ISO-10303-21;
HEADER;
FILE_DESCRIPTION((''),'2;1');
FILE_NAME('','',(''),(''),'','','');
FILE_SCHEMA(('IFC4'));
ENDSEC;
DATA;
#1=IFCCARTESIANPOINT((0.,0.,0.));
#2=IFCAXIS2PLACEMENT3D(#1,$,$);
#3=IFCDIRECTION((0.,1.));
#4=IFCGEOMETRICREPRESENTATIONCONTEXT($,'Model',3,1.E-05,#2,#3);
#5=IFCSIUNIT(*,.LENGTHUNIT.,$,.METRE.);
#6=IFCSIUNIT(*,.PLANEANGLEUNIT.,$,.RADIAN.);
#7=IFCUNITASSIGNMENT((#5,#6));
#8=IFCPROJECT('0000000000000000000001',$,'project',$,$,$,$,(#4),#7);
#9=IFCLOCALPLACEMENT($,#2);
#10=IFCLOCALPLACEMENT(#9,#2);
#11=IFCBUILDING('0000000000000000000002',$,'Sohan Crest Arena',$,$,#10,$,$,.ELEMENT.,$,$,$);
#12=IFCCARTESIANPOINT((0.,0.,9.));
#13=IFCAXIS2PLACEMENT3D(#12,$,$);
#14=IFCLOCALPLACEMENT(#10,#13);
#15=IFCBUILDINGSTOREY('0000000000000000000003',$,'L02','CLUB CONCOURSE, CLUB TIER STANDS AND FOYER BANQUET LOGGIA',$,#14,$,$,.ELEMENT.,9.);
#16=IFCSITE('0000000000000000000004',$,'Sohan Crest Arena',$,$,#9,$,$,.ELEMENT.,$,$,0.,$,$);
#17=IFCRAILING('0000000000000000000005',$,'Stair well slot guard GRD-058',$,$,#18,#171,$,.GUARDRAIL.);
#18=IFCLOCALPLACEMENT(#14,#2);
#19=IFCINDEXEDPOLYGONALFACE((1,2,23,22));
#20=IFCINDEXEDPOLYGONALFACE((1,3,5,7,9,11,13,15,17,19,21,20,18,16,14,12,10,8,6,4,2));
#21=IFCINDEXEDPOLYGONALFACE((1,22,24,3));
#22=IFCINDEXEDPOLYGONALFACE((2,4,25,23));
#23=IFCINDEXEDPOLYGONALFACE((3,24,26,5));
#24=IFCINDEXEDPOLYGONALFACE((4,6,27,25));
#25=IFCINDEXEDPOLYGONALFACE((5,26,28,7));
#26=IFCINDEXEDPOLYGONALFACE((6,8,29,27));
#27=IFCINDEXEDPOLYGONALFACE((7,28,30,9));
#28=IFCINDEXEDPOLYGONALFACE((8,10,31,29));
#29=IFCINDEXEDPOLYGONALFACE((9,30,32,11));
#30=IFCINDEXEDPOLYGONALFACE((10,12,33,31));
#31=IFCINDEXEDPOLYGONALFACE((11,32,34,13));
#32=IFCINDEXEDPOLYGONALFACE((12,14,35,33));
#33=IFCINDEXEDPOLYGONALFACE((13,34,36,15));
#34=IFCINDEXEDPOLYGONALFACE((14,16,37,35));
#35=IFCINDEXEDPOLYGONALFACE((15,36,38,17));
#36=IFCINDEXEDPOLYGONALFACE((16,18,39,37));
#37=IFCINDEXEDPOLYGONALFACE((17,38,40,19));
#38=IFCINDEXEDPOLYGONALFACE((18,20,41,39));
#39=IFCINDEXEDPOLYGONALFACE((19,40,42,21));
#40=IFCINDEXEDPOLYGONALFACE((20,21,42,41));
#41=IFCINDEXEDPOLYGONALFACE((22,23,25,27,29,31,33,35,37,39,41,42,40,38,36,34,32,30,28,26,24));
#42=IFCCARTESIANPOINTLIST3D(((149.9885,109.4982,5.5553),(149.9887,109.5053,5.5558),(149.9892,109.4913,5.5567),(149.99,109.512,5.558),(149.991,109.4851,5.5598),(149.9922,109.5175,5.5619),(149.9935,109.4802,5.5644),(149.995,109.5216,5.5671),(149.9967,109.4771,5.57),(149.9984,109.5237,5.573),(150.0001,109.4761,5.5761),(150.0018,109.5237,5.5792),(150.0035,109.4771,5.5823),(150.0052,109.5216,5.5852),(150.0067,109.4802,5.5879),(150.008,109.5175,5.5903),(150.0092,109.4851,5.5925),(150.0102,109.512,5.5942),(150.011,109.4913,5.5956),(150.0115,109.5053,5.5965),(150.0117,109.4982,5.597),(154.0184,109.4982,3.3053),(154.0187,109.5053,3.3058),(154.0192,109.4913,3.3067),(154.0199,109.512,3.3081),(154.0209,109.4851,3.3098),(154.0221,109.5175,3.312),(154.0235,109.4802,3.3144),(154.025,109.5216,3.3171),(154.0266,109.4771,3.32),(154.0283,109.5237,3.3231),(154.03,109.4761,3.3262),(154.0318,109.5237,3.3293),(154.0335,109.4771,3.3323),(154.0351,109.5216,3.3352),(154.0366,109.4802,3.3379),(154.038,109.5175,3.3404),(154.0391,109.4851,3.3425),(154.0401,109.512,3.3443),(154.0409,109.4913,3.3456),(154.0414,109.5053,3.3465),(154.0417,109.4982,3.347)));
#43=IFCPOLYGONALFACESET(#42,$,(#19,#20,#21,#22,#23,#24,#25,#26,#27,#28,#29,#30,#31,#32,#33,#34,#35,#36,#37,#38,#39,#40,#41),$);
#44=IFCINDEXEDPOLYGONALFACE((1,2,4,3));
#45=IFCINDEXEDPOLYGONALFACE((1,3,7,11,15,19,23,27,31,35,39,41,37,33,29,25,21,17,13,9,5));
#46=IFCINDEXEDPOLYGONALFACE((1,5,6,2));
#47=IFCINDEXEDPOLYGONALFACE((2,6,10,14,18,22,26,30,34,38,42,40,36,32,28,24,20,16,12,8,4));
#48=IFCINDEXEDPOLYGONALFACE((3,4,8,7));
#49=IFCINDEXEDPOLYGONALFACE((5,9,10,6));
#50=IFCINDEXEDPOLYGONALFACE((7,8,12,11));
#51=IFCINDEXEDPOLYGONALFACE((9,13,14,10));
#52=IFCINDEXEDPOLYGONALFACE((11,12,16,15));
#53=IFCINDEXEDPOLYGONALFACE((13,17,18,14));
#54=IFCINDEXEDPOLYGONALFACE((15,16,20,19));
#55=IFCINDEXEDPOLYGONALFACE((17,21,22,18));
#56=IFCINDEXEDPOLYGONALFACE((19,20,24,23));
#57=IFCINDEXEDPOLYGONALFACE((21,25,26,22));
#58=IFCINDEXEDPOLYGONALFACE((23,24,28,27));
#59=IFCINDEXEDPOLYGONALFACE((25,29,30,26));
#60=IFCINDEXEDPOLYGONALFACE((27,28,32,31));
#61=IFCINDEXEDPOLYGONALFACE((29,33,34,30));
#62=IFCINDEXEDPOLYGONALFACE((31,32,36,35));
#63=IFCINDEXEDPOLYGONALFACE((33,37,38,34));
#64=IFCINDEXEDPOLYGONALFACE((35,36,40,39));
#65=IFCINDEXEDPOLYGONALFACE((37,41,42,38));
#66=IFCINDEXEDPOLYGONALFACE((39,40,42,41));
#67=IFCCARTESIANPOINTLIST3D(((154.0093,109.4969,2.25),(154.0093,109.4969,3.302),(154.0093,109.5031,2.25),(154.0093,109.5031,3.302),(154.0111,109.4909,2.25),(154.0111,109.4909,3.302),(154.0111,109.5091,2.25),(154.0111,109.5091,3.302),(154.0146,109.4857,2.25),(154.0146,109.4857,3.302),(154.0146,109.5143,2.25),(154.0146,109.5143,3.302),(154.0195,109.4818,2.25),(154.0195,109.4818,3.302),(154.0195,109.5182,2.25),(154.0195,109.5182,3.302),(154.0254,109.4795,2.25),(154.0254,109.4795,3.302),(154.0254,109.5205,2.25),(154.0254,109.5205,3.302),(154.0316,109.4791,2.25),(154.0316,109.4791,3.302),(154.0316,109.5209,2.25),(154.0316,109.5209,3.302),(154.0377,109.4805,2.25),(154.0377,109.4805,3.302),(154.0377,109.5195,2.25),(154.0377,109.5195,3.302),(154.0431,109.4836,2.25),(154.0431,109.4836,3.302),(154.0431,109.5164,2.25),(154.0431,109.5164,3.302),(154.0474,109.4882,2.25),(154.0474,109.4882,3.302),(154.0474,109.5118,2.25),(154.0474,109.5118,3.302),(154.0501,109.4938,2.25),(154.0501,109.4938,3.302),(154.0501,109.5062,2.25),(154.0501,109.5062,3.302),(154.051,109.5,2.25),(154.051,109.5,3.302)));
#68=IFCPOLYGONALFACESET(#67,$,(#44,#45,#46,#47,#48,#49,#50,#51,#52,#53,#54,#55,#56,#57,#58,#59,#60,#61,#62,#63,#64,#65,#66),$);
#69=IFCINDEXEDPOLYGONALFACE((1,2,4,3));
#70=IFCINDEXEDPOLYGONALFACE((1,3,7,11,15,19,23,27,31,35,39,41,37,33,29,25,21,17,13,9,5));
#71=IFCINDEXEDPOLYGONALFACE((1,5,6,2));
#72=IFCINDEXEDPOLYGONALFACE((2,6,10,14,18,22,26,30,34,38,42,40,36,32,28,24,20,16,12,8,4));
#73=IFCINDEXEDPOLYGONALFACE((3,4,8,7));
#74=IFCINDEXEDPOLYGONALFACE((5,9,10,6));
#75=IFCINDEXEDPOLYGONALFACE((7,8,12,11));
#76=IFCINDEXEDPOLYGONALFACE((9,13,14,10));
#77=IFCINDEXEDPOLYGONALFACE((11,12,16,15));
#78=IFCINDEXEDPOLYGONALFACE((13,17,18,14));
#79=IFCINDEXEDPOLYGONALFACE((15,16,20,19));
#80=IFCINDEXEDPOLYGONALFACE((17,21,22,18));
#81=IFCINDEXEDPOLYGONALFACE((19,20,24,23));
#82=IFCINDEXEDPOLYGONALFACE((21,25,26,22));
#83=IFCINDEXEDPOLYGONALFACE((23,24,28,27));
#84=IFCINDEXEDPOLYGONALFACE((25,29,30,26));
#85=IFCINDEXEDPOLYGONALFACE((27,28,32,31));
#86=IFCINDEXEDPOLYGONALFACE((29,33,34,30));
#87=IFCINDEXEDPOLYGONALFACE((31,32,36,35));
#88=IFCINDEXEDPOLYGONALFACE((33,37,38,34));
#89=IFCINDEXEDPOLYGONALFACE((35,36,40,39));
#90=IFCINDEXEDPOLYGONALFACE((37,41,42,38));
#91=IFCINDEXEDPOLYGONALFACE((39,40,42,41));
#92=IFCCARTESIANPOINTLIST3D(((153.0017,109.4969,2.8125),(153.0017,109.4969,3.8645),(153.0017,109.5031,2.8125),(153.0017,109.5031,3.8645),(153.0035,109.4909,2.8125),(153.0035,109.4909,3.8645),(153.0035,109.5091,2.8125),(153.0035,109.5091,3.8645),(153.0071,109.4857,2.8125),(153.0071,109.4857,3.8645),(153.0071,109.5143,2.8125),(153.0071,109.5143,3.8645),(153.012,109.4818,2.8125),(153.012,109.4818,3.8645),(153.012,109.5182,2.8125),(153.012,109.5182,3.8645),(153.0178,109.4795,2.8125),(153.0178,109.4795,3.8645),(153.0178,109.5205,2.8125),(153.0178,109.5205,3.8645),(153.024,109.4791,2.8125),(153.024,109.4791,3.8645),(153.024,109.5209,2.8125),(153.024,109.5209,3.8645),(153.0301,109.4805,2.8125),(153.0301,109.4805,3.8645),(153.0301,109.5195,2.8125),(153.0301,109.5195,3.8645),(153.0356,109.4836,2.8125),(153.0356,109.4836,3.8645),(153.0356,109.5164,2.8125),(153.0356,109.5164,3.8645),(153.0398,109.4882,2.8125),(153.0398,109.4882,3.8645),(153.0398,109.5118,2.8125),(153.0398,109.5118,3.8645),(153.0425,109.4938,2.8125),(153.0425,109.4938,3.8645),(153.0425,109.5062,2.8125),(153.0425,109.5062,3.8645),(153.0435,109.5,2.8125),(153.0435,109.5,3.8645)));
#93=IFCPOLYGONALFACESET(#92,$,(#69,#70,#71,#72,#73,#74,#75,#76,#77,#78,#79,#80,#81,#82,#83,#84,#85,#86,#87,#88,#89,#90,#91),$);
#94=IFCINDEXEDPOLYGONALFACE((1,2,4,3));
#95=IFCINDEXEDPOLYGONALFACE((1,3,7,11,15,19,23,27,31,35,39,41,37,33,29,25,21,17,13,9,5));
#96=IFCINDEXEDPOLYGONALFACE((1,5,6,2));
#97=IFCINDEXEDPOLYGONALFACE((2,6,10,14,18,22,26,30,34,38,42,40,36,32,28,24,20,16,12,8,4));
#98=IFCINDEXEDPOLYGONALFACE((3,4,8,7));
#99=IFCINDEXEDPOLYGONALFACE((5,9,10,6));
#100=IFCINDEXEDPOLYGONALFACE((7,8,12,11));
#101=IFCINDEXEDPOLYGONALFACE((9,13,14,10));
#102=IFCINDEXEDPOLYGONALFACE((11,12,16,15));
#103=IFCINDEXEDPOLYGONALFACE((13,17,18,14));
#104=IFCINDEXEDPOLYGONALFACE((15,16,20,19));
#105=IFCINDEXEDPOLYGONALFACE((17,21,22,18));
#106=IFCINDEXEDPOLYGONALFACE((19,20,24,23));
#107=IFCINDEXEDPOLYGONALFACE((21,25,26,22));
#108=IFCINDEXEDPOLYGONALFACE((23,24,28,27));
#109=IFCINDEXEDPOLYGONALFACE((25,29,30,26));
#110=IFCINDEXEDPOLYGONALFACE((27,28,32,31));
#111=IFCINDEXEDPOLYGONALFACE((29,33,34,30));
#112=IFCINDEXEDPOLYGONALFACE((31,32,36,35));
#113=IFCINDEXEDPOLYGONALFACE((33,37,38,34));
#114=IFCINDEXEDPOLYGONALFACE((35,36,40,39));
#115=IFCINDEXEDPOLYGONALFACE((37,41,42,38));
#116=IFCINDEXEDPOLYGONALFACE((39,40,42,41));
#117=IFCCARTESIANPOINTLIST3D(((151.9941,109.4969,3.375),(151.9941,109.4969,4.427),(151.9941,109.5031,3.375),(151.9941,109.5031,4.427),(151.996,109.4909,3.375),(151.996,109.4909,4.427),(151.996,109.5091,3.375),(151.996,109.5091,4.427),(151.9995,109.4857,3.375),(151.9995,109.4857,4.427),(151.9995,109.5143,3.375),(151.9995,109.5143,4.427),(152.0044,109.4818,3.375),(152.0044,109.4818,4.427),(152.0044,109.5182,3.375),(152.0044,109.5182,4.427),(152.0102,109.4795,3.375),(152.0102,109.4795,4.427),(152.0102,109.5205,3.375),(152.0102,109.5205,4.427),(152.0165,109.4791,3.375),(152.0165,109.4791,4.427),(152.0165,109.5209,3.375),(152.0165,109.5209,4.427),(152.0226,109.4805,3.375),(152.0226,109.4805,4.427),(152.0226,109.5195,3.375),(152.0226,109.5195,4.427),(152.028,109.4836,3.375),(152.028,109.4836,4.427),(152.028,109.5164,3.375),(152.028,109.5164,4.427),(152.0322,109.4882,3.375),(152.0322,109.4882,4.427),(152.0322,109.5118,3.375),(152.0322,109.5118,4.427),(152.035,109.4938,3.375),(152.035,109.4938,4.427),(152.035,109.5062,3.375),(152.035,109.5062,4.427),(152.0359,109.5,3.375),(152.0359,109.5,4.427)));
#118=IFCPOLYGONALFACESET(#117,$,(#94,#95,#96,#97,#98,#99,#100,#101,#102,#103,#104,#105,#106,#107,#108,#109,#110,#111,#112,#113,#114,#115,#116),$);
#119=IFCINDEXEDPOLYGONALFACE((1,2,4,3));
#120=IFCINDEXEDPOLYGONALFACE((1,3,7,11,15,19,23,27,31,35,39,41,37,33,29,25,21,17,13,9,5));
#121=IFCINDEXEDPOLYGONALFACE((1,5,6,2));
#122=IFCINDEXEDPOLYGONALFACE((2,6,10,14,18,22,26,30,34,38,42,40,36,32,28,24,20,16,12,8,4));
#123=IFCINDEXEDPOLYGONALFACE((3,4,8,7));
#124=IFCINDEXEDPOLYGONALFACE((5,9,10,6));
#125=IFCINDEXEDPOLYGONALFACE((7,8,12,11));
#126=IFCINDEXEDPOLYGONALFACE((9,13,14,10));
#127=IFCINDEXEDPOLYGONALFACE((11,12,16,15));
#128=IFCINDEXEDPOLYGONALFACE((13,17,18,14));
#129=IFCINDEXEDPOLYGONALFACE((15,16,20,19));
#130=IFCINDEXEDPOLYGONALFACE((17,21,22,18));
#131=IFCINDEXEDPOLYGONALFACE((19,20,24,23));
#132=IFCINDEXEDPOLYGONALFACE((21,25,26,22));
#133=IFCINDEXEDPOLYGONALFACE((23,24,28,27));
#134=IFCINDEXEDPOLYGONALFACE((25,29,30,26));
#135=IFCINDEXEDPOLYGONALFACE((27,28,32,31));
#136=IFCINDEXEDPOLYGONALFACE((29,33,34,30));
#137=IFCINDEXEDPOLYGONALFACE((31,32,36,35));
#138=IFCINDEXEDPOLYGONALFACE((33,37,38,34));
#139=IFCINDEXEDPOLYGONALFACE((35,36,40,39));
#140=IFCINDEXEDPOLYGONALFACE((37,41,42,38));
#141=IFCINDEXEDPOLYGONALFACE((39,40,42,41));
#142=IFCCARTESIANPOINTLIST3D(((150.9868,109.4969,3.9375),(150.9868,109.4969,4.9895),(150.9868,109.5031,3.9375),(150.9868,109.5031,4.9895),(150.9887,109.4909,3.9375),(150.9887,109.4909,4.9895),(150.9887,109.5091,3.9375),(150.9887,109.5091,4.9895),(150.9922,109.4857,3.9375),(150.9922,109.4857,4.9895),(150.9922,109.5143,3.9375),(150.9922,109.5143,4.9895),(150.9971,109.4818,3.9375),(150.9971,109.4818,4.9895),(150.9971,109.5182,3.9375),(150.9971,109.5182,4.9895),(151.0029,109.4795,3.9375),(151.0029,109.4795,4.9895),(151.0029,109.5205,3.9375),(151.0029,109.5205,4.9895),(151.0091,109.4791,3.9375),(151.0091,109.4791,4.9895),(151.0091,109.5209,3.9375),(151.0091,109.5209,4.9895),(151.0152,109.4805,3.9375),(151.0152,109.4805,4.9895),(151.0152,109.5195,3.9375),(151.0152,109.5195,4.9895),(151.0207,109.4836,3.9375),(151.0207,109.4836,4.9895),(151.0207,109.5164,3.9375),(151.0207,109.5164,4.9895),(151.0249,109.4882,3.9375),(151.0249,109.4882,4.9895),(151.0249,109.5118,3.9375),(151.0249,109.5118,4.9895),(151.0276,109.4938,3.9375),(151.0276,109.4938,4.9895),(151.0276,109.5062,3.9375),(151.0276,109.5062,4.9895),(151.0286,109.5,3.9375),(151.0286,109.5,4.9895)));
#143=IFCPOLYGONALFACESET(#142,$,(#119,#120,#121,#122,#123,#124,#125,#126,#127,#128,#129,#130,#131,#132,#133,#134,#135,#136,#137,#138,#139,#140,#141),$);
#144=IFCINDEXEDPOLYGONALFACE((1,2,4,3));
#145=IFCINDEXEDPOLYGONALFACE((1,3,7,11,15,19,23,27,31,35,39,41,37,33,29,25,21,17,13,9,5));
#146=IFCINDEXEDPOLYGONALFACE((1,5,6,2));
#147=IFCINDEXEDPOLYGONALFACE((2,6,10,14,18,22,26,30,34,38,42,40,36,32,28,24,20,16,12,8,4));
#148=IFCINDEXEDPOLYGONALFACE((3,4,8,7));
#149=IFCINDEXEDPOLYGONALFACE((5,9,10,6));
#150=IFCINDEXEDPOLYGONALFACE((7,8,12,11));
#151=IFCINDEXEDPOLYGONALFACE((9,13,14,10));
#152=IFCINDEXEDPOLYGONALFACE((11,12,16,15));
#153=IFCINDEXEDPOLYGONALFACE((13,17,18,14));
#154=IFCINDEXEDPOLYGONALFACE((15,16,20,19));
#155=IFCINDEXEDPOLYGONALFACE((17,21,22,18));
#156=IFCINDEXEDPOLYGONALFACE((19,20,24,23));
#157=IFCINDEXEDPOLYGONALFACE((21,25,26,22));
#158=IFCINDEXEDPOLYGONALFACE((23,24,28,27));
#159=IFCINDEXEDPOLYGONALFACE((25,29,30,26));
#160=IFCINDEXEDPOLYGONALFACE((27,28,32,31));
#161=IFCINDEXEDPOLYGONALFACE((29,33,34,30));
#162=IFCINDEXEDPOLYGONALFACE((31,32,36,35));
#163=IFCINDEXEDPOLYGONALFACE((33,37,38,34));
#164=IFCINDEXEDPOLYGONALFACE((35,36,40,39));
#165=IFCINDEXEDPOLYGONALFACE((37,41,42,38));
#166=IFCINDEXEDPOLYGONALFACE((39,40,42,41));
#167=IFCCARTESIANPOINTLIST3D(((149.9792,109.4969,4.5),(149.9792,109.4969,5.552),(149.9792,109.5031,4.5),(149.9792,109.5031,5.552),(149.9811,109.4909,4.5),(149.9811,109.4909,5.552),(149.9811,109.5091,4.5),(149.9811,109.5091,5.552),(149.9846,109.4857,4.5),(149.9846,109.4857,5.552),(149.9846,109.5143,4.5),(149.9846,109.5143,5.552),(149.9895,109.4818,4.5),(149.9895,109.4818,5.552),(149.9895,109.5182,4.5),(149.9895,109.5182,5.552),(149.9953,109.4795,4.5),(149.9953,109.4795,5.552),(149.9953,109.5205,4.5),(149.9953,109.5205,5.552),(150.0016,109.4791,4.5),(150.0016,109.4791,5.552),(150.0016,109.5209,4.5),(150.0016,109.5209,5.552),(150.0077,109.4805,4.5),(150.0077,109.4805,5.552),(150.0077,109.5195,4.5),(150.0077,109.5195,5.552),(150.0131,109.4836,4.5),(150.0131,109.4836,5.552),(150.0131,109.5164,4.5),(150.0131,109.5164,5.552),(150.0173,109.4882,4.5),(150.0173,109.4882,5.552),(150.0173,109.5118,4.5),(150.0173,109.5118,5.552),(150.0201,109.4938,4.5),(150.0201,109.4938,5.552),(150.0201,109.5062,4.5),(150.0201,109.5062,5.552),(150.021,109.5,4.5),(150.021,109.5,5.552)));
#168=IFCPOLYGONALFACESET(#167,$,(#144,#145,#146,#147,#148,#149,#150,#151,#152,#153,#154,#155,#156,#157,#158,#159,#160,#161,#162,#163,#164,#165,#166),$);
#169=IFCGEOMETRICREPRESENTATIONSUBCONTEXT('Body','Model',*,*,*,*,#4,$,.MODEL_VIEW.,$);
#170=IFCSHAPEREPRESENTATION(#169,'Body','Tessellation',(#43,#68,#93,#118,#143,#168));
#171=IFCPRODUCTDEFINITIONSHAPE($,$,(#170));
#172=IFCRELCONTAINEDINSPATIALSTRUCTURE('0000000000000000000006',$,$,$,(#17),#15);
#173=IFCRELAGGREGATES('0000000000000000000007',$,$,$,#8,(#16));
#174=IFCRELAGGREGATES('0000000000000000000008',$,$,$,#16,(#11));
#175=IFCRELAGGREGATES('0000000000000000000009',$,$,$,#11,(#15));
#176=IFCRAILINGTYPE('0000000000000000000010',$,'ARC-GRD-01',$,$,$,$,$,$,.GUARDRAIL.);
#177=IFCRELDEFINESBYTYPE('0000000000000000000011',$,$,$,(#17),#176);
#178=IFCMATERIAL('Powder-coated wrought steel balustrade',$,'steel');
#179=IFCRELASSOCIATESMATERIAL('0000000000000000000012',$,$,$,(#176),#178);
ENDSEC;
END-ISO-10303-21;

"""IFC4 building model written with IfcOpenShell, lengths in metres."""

from ifc_helpers import new_model, si_unit, direction, frame, origin, origin_2d, place, context, subcontext, project, spatial, circle, extrude, material, type_object, element, save


model = new_model("IFC4")

# Units and contexts
model_context = context("Model", 3, precision=1e-05, world=origin(), true_north=direction((0.0, 1.0)))
body_context = subcontext(model_context, "Body", "Model", "MODEL_VIEW")
ifc_project = project(units=[si_unit("LENGTHUNIT", "METRE"), si_unit("PLANEANGLEUNIT", "RADIAN")], contexts=[model_context])

# Site, building, storey
site_placement = place(None, origin())
site = spatial("IfcSite", under=ifc_project, at=site_placement, Name="Sohan Crest Arena", CompositionType="ELEMENT", RefElevation=0.0)
building_placement = place(site_placement, origin())
building = spatial("IfcBuilding", under=site, at=building_placement, Name="Sohan Crest Arena", CompositionType="ELEMENT")
storey_placement = place(building_placement, frame((0.0, 0.0, 9.0)))
storey = spatial("IfcBuildingStorey", under=building, at=storey_placement, Name="L02", Description="CLUB CONCOURSE, CLUB TIER STANDS AND FOYER BANQUET LOGGIA", CompositionType="ELEMENT", Elevation=9.0)

# Railing
ifc_material_1 = material(Name="Powder-coated wrought steel balustrade", Category="steel")
railing_type_1 = type_object("IfcRailingType", Name="ARC-GRD-01", PredefinedType="GUARDRAIL", material=ifc_material_1)
railing_1_placement = place(storey_placement, frame((154.03, 109.5, 2.25)))
element("IfcRailing", 1, at=railing_1_placement, inside=storey, type_object=railing_type_1, Name="Stair well slot guard GRD-058", PredefinedType="GUARDRAIL", context=body_context, shape_type="SweptSolid", body=[
    extrude(circle(Radius=0.0239, at=origin_2d()), frame((0.0, 0.0, 1.0762), z_axis=(-0.873135, 0.0, 0.487479), x_axis=(0.0, -1.0, 0.0)), (0.0, 0.0, 1.0), 4.6155),
    extrude(circle(Radius=0.021, at=origin_2d()), origin(), (0.0, 0.0, 1.0), 1.052),
    extrude(circle(Radius=0.021, at=origin_2d()), frame((-1.0076, 0.0, 0.5625)), (0.0, 0.0, 1.0), 1.052),
    extrude(circle(Radius=0.021, at=origin_2d()), frame((-2.0151, 0.0, 1.125)), (0.0, 0.0, 1.0), 1.052),
    extrude(circle(Radius=0.021, at=origin_2d()), frame((-3.0225, 0.0, 1.6875)), (0.0, 0.0, 1.0), 1.052),
    extrude(circle(Radius=0.021, at=origin_2d()), frame((-4.03, 0.0, 2.25)), (0.0, 0.0, 1.0), 1.052),
])

save(model, "model.ifc")
